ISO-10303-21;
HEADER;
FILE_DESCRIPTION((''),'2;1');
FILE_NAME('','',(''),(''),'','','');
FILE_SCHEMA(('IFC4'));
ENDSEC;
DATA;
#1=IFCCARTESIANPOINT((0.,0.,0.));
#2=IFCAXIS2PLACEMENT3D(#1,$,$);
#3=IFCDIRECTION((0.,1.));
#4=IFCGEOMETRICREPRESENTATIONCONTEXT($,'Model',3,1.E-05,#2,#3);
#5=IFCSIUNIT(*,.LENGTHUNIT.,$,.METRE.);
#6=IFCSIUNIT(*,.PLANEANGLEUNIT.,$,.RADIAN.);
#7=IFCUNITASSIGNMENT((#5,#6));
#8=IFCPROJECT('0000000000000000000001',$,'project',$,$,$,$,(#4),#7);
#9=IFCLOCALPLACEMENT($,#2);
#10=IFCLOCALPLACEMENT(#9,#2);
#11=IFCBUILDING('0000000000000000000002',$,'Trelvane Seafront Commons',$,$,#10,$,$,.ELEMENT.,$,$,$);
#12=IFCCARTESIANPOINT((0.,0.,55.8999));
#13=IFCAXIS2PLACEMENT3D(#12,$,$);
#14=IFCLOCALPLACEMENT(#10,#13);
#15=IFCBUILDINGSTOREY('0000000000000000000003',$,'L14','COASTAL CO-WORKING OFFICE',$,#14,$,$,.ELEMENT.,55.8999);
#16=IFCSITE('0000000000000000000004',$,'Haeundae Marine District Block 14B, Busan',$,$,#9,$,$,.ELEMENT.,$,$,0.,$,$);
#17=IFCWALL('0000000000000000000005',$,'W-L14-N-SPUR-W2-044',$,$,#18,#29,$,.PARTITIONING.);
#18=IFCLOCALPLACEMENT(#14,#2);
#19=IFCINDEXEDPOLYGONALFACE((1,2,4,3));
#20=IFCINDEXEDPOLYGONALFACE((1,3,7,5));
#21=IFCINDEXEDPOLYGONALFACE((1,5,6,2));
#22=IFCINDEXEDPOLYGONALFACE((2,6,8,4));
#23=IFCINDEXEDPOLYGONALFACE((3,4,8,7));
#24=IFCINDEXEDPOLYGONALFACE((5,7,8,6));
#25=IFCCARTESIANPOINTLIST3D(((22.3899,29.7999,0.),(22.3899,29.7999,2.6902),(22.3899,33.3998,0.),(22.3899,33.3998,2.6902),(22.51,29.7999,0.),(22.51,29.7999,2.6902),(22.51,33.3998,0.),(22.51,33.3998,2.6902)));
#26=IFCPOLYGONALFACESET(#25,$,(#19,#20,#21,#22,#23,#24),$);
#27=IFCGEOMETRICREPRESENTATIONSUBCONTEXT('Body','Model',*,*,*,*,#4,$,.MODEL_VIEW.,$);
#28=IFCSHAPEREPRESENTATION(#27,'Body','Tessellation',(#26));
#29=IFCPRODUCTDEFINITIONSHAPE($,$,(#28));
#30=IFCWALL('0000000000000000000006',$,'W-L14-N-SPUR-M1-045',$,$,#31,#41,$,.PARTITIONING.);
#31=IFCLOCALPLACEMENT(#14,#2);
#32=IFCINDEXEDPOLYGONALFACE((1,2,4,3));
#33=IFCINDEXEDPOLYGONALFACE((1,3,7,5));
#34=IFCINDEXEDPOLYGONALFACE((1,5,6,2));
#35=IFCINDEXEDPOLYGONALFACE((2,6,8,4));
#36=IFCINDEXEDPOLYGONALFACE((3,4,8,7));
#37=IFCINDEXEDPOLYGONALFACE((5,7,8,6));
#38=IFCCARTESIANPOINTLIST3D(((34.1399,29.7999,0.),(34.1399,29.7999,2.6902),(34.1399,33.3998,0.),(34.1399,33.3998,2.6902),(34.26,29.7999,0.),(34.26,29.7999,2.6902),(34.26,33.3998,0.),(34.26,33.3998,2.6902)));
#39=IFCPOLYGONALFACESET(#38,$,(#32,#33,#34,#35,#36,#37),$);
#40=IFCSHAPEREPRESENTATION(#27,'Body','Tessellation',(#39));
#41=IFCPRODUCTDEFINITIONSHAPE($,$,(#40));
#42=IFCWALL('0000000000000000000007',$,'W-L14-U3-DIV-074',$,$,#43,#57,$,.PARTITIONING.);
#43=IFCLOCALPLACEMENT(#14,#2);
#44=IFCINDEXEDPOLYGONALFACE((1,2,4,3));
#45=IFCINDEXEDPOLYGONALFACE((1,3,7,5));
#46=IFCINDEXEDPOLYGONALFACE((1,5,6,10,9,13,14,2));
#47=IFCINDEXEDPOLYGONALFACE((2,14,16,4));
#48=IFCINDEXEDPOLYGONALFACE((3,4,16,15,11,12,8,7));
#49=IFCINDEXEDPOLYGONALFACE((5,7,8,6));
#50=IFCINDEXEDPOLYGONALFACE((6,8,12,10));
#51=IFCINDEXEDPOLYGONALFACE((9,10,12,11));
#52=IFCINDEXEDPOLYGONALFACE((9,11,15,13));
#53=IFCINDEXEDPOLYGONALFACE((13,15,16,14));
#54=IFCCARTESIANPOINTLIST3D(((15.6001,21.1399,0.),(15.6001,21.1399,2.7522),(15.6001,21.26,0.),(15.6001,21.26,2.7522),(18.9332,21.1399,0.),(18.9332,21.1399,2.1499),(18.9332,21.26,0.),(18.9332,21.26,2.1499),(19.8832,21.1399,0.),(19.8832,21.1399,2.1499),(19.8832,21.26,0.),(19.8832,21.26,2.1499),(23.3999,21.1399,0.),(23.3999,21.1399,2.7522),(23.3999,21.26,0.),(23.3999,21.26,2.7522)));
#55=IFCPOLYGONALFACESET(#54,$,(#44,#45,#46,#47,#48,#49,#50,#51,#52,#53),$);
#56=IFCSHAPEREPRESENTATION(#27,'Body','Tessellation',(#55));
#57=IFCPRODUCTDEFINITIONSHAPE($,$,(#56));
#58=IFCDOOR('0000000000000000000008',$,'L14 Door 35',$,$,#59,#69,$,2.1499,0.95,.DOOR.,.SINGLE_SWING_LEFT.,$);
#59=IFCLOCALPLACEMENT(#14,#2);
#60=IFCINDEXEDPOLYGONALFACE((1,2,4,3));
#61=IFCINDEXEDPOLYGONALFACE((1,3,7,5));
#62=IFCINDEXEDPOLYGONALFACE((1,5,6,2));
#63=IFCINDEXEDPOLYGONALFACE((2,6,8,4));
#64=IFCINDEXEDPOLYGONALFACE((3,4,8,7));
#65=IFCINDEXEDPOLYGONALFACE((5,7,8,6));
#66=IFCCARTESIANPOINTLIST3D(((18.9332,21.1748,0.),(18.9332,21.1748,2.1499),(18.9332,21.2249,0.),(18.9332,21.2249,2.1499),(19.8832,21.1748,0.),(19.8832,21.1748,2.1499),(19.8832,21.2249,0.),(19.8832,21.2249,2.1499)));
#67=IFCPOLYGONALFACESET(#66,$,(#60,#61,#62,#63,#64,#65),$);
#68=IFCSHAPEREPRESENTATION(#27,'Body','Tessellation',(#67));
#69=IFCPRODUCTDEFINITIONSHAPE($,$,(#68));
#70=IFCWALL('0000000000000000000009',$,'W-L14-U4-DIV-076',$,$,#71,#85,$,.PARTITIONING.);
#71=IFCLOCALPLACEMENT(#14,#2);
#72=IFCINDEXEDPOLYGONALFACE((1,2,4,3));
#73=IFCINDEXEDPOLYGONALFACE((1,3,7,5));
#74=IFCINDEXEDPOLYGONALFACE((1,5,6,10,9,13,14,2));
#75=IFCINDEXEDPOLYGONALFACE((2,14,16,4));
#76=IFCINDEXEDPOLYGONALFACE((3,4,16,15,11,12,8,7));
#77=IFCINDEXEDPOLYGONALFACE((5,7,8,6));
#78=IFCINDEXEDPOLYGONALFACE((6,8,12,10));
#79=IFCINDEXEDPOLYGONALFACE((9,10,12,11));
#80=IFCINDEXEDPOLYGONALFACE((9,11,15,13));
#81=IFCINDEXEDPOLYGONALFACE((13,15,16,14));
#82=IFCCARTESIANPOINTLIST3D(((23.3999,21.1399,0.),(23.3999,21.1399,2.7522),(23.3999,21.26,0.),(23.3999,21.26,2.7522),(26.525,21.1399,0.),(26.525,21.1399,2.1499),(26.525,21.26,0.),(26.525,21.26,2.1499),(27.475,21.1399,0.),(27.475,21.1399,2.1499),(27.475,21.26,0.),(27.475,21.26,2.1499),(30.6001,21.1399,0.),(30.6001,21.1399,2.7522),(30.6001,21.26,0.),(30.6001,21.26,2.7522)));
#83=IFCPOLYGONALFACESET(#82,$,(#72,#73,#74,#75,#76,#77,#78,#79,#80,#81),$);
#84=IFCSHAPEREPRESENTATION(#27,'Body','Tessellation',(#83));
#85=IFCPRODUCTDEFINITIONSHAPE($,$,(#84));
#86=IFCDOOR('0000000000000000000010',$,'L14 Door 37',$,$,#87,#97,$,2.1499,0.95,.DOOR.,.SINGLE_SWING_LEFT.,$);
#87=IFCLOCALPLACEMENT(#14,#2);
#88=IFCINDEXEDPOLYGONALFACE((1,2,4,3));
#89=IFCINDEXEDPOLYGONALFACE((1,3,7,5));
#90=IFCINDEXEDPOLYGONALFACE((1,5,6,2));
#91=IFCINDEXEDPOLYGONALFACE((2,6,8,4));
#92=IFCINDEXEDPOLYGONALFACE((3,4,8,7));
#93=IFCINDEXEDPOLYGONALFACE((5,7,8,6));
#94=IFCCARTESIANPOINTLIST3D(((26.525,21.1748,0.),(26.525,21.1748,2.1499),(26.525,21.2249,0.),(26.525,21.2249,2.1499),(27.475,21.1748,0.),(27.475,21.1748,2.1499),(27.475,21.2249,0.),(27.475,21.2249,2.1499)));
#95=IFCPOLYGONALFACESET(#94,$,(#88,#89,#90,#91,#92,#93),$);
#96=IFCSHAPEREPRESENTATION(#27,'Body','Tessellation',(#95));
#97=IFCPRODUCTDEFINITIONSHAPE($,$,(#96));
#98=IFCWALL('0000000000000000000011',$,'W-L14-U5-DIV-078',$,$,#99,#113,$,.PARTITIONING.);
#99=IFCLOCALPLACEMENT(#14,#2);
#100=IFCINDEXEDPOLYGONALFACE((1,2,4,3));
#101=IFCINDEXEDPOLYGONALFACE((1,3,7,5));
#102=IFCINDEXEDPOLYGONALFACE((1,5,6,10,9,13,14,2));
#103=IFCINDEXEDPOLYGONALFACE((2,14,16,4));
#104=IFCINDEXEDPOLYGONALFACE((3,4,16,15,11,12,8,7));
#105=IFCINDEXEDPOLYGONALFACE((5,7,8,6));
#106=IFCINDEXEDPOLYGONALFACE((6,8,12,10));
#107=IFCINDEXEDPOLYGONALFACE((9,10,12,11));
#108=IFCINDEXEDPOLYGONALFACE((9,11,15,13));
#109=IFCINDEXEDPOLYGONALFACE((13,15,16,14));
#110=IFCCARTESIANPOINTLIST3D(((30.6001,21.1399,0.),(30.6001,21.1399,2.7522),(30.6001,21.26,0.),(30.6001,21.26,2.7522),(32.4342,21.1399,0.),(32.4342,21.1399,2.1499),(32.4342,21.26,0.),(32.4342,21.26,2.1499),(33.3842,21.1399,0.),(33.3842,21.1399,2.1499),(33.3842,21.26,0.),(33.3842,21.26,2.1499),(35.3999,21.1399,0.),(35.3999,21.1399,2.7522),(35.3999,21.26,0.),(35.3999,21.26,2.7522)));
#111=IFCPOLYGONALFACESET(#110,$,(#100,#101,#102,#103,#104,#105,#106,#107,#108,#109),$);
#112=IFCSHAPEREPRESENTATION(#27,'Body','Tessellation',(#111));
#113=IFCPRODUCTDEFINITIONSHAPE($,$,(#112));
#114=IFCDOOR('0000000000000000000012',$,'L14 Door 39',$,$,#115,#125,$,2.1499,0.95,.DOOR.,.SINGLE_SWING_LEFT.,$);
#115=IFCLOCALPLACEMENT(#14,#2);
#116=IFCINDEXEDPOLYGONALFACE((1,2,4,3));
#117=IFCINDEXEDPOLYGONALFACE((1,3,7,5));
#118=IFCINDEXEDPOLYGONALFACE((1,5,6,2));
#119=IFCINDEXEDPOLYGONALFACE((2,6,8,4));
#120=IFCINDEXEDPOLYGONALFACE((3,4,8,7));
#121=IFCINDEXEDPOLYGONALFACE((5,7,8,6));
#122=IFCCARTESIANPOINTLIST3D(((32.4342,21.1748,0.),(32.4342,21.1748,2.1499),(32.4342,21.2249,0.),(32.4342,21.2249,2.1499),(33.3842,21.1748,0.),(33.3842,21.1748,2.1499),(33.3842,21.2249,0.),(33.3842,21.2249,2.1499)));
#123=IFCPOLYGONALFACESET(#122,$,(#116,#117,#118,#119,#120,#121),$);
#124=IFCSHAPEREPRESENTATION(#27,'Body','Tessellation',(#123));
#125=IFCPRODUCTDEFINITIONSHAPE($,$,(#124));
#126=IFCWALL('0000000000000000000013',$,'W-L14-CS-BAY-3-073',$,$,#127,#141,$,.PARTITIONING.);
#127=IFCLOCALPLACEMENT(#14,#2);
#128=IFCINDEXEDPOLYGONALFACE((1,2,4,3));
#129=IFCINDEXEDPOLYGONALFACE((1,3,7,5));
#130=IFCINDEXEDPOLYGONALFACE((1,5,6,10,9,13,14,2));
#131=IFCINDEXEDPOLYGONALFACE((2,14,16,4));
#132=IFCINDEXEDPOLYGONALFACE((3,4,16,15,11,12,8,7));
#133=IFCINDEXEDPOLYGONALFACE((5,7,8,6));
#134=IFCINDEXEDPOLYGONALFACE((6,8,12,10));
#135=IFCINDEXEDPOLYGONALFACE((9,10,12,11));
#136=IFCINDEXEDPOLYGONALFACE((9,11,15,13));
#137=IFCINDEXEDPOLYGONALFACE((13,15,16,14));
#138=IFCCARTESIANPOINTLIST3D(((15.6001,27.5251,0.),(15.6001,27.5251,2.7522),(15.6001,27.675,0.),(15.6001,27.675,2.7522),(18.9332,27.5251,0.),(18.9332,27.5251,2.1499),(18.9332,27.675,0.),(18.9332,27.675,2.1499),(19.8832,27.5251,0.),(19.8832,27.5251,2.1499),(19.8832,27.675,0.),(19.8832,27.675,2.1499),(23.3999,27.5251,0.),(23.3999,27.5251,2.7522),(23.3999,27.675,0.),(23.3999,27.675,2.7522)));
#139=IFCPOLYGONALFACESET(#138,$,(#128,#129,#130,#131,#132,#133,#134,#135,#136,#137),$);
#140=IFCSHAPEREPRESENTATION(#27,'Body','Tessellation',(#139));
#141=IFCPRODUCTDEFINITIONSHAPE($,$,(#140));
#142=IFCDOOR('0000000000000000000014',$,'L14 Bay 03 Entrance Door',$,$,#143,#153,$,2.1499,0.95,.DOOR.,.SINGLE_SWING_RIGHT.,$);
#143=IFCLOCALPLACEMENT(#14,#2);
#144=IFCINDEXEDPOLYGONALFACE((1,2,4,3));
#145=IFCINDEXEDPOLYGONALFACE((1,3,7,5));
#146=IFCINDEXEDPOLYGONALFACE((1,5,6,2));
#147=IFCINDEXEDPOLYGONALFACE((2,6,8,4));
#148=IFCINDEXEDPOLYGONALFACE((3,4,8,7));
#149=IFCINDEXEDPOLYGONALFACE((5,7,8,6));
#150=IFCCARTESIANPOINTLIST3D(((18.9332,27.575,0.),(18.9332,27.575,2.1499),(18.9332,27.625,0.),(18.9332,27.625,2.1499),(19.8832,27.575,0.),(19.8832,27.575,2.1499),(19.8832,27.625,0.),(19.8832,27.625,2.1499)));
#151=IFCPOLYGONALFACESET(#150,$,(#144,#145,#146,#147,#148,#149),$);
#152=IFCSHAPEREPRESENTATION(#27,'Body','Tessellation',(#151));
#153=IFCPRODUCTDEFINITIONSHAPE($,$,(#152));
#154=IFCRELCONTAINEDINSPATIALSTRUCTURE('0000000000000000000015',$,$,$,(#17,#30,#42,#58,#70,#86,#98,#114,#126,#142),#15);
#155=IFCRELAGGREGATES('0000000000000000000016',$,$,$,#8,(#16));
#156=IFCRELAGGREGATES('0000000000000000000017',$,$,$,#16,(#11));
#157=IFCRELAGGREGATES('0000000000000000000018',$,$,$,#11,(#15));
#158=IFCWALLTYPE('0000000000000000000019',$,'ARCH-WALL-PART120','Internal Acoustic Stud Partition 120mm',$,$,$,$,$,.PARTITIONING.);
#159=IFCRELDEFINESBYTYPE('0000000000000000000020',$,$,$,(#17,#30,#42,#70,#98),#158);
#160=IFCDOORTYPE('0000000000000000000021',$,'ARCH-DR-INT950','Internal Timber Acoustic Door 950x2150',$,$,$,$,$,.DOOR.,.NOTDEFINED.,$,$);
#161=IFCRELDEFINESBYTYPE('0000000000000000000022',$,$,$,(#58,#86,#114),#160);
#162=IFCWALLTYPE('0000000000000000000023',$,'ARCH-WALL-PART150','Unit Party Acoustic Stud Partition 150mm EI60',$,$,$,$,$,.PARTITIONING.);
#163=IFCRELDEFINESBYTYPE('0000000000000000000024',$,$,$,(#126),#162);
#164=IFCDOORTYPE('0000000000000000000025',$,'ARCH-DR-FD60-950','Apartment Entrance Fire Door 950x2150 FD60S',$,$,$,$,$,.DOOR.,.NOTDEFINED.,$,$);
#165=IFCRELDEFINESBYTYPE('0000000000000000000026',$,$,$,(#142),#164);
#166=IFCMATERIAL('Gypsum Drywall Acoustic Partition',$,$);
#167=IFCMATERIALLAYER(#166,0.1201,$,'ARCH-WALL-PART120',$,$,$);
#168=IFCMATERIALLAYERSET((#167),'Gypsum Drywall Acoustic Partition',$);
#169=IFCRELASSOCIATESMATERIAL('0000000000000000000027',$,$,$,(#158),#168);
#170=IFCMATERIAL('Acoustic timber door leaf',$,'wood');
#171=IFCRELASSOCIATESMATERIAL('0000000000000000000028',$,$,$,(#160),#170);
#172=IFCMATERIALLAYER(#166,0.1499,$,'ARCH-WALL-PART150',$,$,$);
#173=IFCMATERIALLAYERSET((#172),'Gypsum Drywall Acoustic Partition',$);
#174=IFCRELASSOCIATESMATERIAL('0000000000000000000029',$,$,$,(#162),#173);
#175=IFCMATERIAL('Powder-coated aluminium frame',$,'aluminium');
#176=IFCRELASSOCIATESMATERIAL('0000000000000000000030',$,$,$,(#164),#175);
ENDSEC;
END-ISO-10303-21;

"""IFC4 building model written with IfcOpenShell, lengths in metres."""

from ifc_helpers import new_model, si_unit, direction, frame, frame_2d, origin, place, context, subcontext, project, spatial, rectangle, extrude, source, transform, mapped, material, layer, layer_set, type_object, element, fill, save


model = new_model("IFC4")

# Units and contexts
model_context = context("Model", 3, precision=1e-05, world=origin(), true_north=direction((0.0, 1.0)))
body_context = subcontext(model_context, "Body", "Model", "MODEL_VIEW")
ifc_project = project(units=[si_unit("LENGTHUNIT", "METRE"), si_unit("PLANEANGLEUNIT", "RADIAN")], contexts=[model_context])

# Site, building, storey
site_placement = place(None, origin())
site = spatial("IfcSite", under=ifc_project, at=site_placement, Name="Haeundae Marine District Block 14B, Busan", CompositionType="ELEMENT", RefElevation=0.0)
building_placement = place(site_placement, origin())
building = spatial("IfcBuilding", under=site, at=building_placement, Name="Trelvane Seafront Commons", CompositionType="ELEMENT")
storey_placement = place(building_placement, frame((0.0, 0.0, 55.8999)))
storey = spatial("IfcBuildingStorey", under=building, at=storey_placement, Name="L14", Description="COASTAL CO-WORKING OFFICE", CompositionType="ELEMENT", Elevation=55.8999)

# Shared definitions
ifc_material_1 = material(Name="Gypsum Drywall Acoustic Partition")
ifc_layer_1 = layer(ifc_material_1, 0.1201, Name="ARCH-WALL-PART120")
ifc_layer_set_1 = layer_set([ifc_layer_1], Name="Gypsum Drywall Acoustic Partition")
wall_type_1 = type_object("IfcWallType", Name="ARCH-WALL-PART120", Description="Internal Acoustic Stud Partition 120mm", PredefinedType="PARTITIONING", material=ifc_layer_set_1)
ifc_material_2 = material(Name="Acoustic timber door leaf", Category="wood")
door_type_1 = type_object("IfcDoorType", Name="ARCH-DR-INT950", Description="Internal Timber Acoustic Door 950x2150", OperationType="NOTDEFINED", PredefinedType="DOOR", material=ifc_material_2)
shared_shape_1 = source(origin(), body_context, "Body", "SweptSolid", [
    extrude(rectangle(XDim=0.95, YDim=2.1499, at=frame_2d((0.4751, 1.075))), frame((0.0, 0.0249, 0.0), z_axis=(0.0, -1.0, 0.0), x_axis=(1.0, 0.0, 0.0)), (0.0, 0.0, 1.0), 0.05),
])

# Walls
for number, where, z_axis, x_axis, name in (
    (1, (22.45, 29.8, 0.0), (0.0, 0.0, 1.0), (0.0, 1.0, 0.0), "W-L14-N-SPUR-W2-044"),
    (2, (34.2, 29.8, 0.0), (0.0, 0.0, 1.0), (0.0, 1.0, 0.0), "W-L14-N-SPUR-M1-045"),
):
    element("IfcWall", number, at=place(storey_placement, frame(where, z_axis=z_axis, x_axis=x_axis)), inside=storey, type_object=wall_type_1, Name=name, PredefinedType="PARTITIONING", context=body_context, shape_type="SweptSolid", body=[
        extrude(rectangle(XDim=3.5999, YDim=0.1201, at=frame_2d((1.7998, 0.0))), origin(), (0.0, 0.0, 1.0), 2.6902),
    ])

# Walls, openings, doors
wall_1_placement = place(storey_placement, frame((15.6001, 21.2, 0.0), z_axis=(0.0, 0.0, 1.0), x_axis=(1.0, 0.0, 0.0)))
wall_1 = element("IfcWall", 3, at=wall_1_placement, inside=storey, type_object=wall_type_1, Name="W-L14-U3-DIV-074", PredefinedType="PARTITIONING", context=body_context, shape_type="SweptSolid", body=[
    extrude(rectangle(XDim=7.7998, YDim=0.1201, at=frame_2d((3.8999, 0.0))), origin(), (0.0, 0.0, 1.0), 2.7522),
])
opening_1_placement = place(wall_1_placement, frame((3.333, 0.0, 0.0)))
opening_1 = element("IfcOpeningElement", 4, at=opening_1_placement, cuts=wall_1, PredefinedType="OPENING", context=body_context, shape_type="SweptSolid", body=[
    extrude(rectangle(XDim=0.95, YDim=2.1499, at=frame_2d((0.4751, 1.075))), frame((0.0, 0.0701, 0.0), z_axis=(0.0, -1.0, 0.0), x_axis=(1.0, 0.0, 0.0)), (0.0, 0.0, 1.0), 0.1401),
])
door_1_placement = place(opening_1_placement, origin())
door_1 = element("IfcDoor", 5, at=door_1_placement, inside=storey, type_object=door_type_1, Name="L14 Door 35", OperationType="SINGLE_SWING_LEFT", OverallHeight=2.1499, OverallWidth=0.95, PredefinedType="DOOR", context=body_context, shape_type="MappedRepresentation", body=[
    mapped(shared_shape_1, transform((0.0, 0.0, 0.0), x_axis=(1.0, 0.0, 0.0), y_axis=(0.0, 1.0, 0.0), z_axis=(0.0, 0.0, 1.0), scale=1.0)),
])
fill(opening_1, door_1)
wall_2_placement = place(storey_placement, frame((23.3999, 21.2, 0.0), z_axis=(0.0, 0.0, 1.0), x_axis=(1.0, 0.0, 0.0)))
wall_2 = element("IfcWall", 6, at=wall_2_placement, inside=storey, type_object=wall_type_1, Name="W-L14-U4-DIV-076", PredefinedType="PARTITIONING", context=body_context, shape_type="SweptSolid", body=[
    extrude(rectangle(XDim=7.2002, YDim=0.1201, at=frame_2d((3.6001, 0.0))), origin(), (0.0, 0.0, 1.0), 2.7522),
])
opening_2_placement = place(wall_2_placement, frame((3.125, 0.0, 0.0)))
opening_2 = element("IfcOpeningElement", 7, at=opening_2_placement, cuts=wall_2, PredefinedType="OPENING", context=body_context, shape_type="SweptSolid", body=[
    extrude(rectangle(XDim=0.95, YDim=2.1499, at=frame_2d((0.4751, 1.075))), frame((0.0, 0.0701, 0.0), z_axis=(0.0, -1.0, 0.0), x_axis=(1.0, 0.0, 0.0)), (0.0, 0.0, 1.0), 0.1401),
])
door_2_placement = place(opening_2_placement, origin())
door_2 = element("IfcDoor", 8, at=door_2_placement, inside=storey, type_object=door_type_1, Name="L14 Door 37", OperationType="SINGLE_SWING_LEFT", OverallHeight=2.1499, OverallWidth=0.95, PredefinedType="DOOR", context=body_context, shape_type="MappedRepresentation", body=[
    mapped(shared_shape_1, transform((0.0, 0.0, 0.0), x_axis=(1.0, 0.0, 0.0), y_axis=(0.0, 1.0, 0.0), z_axis=(0.0, 0.0, 1.0), scale=1.0)),
])
fill(opening_2, door_2)
wall_3_placement = place(storey_placement, frame((30.6001, 21.2, 0.0), z_axis=(0.0, 0.0, 1.0), x_axis=(1.0, 0.0, 0.0)))
wall_3 = element("IfcWall", 9, at=wall_3_placement, inside=storey, type_object=wall_type_1, Name="W-L14-U5-DIV-078", PredefinedType="PARTITIONING", context=body_context, shape_type="SweptSolid", body=[
    extrude(rectangle(XDim=4.7998, YDim=0.1201, at=frame_2d((2.3999, 0.0))), origin(), (0.0, 0.0, 1.0), 2.7522),
])
opening_3_placement = place(wall_3_placement, frame((1.834, 0.0, 0.0)))
opening_3 = element("IfcOpeningElement", 10, at=opening_3_placement, cuts=wall_3, PredefinedType="OPENING", context=body_context, shape_type="SweptSolid", body=[
    extrude(rectangle(XDim=0.95, YDim=2.1499, at=frame_2d((0.4751, 1.075))), frame((0.0, 0.0701, 0.0), z_axis=(0.0, -1.0, 0.0), x_axis=(1.0, 0.0, 0.0)), (0.0, 0.0, 1.0), 0.1401),
])
door_3_placement = place(opening_3_placement, origin())
door_3 = element("IfcDoor", 11, at=door_3_placement, inside=storey, type_object=door_type_1, Name="L14 Door 39", OperationType="SINGLE_SWING_LEFT", OverallHeight=2.1499, OverallWidth=0.95, PredefinedType="DOOR", context=body_context, shape_type="MappedRepresentation", body=[
    mapped(shared_shape_1, transform((0.0, 0.0, 0.0), x_axis=(1.0, 0.0, 0.0), y_axis=(0.0, 1.0, 0.0), z_axis=(0.0, 0.0, 1.0), scale=1.0)),
])
fill(opening_3, door_3)
ifc_layer_2 = layer(ifc_material_1, 0.1499, Name="ARCH-WALL-PART150")
ifc_layer_set_2 = layer_set([ifc_layer_2], Name="Gypsum Drywall Acoustic Partition")
wall_type_2 = type_object("IfcWallType", Name="ARCH-WALL-PART150", Description="Unit Party Acoustic Stud Partition 150mm EI60", PredefinedType="PARTITIONING", material=ifc_layer_set_2)
wall_4_placement = place(storey_placement, frame((15.6001, 27.6001, 0.0), z_axis=(0.0, 0.0, 1.0), x_axis=(1.0, 0.0, 0.0)))
wall_4 = element("IfcWall", 12, at=wall_4_placement, inside=storey, type_object=wall_type_2, Name="W-L14-CS-BAY-3-073", PredefinedType="PARTITIONING", context=body_context, shape_type="SweptSolid", body=[
    extrude(rectangle(XDim=7.7998, YDim=0.1499, at=frame_2d((3.8999, 0.0))), origin(), (0.0, 0.0, 1.0), 2.7522),
])
opening_4_placement = place(wall_4_placement, frame((3.333, 0.0, 0.0)))
opening_4 = element("IfcOpeningElement", 13, at=opening_4_placement, cuts=wall_4, PredefinedType="OPENING", context=body_context, shape_type="SweptSolid", body=[
    extrude(rectangle(XDim=0.95, YDim=2.1499, at=frame_2d((0.4751, 1.075))), frame((0.0, 0.085, 0.0), z_axis=(0.0, -1.0, 0.0), x_axis=(1.0, 0.0, 0.0)), (0.0, 0.0, 1.0), 0.1699),
])
ifc_material_3 = material(Name="Powder-coated aluminium frame", Category="aluminium")
door_type_2 = type_object("IfcDoorType", Name="ARCH-DR-FD60-950", Description="Apartment Entrance Fire Door 950x2150 FD60S", OperationType="NOTDEFINED", PredefinedType="DOOR", material=ifc_material_3)
door_4_placement = place(opening_4_placement, origin())
door_4 = element("IfcDoor", 14, at=door_4_placement, inside=storey, type_object=door_type_2, Name="L14 Bay 03 Entrance Door", OperationType="SINGLE_SWING_RIGHT", OverallHeight=2.1499, OverallWidth=0.95, PredefinedType="DOOR", context=body_context, shape_type="MappedRepresentation", body=[
    mapped(shared_shape_1, transform((0.0, 0.0, 0.0), x_axis=(1.0, 0.0, 0.0), y_axis=(0.0, 1.0, 0.0), z_axis=(0.0, 0.0, 1.0), scale=1.0)),
])
fill(opening_4, door_4)

save(model, "model.ifc")
